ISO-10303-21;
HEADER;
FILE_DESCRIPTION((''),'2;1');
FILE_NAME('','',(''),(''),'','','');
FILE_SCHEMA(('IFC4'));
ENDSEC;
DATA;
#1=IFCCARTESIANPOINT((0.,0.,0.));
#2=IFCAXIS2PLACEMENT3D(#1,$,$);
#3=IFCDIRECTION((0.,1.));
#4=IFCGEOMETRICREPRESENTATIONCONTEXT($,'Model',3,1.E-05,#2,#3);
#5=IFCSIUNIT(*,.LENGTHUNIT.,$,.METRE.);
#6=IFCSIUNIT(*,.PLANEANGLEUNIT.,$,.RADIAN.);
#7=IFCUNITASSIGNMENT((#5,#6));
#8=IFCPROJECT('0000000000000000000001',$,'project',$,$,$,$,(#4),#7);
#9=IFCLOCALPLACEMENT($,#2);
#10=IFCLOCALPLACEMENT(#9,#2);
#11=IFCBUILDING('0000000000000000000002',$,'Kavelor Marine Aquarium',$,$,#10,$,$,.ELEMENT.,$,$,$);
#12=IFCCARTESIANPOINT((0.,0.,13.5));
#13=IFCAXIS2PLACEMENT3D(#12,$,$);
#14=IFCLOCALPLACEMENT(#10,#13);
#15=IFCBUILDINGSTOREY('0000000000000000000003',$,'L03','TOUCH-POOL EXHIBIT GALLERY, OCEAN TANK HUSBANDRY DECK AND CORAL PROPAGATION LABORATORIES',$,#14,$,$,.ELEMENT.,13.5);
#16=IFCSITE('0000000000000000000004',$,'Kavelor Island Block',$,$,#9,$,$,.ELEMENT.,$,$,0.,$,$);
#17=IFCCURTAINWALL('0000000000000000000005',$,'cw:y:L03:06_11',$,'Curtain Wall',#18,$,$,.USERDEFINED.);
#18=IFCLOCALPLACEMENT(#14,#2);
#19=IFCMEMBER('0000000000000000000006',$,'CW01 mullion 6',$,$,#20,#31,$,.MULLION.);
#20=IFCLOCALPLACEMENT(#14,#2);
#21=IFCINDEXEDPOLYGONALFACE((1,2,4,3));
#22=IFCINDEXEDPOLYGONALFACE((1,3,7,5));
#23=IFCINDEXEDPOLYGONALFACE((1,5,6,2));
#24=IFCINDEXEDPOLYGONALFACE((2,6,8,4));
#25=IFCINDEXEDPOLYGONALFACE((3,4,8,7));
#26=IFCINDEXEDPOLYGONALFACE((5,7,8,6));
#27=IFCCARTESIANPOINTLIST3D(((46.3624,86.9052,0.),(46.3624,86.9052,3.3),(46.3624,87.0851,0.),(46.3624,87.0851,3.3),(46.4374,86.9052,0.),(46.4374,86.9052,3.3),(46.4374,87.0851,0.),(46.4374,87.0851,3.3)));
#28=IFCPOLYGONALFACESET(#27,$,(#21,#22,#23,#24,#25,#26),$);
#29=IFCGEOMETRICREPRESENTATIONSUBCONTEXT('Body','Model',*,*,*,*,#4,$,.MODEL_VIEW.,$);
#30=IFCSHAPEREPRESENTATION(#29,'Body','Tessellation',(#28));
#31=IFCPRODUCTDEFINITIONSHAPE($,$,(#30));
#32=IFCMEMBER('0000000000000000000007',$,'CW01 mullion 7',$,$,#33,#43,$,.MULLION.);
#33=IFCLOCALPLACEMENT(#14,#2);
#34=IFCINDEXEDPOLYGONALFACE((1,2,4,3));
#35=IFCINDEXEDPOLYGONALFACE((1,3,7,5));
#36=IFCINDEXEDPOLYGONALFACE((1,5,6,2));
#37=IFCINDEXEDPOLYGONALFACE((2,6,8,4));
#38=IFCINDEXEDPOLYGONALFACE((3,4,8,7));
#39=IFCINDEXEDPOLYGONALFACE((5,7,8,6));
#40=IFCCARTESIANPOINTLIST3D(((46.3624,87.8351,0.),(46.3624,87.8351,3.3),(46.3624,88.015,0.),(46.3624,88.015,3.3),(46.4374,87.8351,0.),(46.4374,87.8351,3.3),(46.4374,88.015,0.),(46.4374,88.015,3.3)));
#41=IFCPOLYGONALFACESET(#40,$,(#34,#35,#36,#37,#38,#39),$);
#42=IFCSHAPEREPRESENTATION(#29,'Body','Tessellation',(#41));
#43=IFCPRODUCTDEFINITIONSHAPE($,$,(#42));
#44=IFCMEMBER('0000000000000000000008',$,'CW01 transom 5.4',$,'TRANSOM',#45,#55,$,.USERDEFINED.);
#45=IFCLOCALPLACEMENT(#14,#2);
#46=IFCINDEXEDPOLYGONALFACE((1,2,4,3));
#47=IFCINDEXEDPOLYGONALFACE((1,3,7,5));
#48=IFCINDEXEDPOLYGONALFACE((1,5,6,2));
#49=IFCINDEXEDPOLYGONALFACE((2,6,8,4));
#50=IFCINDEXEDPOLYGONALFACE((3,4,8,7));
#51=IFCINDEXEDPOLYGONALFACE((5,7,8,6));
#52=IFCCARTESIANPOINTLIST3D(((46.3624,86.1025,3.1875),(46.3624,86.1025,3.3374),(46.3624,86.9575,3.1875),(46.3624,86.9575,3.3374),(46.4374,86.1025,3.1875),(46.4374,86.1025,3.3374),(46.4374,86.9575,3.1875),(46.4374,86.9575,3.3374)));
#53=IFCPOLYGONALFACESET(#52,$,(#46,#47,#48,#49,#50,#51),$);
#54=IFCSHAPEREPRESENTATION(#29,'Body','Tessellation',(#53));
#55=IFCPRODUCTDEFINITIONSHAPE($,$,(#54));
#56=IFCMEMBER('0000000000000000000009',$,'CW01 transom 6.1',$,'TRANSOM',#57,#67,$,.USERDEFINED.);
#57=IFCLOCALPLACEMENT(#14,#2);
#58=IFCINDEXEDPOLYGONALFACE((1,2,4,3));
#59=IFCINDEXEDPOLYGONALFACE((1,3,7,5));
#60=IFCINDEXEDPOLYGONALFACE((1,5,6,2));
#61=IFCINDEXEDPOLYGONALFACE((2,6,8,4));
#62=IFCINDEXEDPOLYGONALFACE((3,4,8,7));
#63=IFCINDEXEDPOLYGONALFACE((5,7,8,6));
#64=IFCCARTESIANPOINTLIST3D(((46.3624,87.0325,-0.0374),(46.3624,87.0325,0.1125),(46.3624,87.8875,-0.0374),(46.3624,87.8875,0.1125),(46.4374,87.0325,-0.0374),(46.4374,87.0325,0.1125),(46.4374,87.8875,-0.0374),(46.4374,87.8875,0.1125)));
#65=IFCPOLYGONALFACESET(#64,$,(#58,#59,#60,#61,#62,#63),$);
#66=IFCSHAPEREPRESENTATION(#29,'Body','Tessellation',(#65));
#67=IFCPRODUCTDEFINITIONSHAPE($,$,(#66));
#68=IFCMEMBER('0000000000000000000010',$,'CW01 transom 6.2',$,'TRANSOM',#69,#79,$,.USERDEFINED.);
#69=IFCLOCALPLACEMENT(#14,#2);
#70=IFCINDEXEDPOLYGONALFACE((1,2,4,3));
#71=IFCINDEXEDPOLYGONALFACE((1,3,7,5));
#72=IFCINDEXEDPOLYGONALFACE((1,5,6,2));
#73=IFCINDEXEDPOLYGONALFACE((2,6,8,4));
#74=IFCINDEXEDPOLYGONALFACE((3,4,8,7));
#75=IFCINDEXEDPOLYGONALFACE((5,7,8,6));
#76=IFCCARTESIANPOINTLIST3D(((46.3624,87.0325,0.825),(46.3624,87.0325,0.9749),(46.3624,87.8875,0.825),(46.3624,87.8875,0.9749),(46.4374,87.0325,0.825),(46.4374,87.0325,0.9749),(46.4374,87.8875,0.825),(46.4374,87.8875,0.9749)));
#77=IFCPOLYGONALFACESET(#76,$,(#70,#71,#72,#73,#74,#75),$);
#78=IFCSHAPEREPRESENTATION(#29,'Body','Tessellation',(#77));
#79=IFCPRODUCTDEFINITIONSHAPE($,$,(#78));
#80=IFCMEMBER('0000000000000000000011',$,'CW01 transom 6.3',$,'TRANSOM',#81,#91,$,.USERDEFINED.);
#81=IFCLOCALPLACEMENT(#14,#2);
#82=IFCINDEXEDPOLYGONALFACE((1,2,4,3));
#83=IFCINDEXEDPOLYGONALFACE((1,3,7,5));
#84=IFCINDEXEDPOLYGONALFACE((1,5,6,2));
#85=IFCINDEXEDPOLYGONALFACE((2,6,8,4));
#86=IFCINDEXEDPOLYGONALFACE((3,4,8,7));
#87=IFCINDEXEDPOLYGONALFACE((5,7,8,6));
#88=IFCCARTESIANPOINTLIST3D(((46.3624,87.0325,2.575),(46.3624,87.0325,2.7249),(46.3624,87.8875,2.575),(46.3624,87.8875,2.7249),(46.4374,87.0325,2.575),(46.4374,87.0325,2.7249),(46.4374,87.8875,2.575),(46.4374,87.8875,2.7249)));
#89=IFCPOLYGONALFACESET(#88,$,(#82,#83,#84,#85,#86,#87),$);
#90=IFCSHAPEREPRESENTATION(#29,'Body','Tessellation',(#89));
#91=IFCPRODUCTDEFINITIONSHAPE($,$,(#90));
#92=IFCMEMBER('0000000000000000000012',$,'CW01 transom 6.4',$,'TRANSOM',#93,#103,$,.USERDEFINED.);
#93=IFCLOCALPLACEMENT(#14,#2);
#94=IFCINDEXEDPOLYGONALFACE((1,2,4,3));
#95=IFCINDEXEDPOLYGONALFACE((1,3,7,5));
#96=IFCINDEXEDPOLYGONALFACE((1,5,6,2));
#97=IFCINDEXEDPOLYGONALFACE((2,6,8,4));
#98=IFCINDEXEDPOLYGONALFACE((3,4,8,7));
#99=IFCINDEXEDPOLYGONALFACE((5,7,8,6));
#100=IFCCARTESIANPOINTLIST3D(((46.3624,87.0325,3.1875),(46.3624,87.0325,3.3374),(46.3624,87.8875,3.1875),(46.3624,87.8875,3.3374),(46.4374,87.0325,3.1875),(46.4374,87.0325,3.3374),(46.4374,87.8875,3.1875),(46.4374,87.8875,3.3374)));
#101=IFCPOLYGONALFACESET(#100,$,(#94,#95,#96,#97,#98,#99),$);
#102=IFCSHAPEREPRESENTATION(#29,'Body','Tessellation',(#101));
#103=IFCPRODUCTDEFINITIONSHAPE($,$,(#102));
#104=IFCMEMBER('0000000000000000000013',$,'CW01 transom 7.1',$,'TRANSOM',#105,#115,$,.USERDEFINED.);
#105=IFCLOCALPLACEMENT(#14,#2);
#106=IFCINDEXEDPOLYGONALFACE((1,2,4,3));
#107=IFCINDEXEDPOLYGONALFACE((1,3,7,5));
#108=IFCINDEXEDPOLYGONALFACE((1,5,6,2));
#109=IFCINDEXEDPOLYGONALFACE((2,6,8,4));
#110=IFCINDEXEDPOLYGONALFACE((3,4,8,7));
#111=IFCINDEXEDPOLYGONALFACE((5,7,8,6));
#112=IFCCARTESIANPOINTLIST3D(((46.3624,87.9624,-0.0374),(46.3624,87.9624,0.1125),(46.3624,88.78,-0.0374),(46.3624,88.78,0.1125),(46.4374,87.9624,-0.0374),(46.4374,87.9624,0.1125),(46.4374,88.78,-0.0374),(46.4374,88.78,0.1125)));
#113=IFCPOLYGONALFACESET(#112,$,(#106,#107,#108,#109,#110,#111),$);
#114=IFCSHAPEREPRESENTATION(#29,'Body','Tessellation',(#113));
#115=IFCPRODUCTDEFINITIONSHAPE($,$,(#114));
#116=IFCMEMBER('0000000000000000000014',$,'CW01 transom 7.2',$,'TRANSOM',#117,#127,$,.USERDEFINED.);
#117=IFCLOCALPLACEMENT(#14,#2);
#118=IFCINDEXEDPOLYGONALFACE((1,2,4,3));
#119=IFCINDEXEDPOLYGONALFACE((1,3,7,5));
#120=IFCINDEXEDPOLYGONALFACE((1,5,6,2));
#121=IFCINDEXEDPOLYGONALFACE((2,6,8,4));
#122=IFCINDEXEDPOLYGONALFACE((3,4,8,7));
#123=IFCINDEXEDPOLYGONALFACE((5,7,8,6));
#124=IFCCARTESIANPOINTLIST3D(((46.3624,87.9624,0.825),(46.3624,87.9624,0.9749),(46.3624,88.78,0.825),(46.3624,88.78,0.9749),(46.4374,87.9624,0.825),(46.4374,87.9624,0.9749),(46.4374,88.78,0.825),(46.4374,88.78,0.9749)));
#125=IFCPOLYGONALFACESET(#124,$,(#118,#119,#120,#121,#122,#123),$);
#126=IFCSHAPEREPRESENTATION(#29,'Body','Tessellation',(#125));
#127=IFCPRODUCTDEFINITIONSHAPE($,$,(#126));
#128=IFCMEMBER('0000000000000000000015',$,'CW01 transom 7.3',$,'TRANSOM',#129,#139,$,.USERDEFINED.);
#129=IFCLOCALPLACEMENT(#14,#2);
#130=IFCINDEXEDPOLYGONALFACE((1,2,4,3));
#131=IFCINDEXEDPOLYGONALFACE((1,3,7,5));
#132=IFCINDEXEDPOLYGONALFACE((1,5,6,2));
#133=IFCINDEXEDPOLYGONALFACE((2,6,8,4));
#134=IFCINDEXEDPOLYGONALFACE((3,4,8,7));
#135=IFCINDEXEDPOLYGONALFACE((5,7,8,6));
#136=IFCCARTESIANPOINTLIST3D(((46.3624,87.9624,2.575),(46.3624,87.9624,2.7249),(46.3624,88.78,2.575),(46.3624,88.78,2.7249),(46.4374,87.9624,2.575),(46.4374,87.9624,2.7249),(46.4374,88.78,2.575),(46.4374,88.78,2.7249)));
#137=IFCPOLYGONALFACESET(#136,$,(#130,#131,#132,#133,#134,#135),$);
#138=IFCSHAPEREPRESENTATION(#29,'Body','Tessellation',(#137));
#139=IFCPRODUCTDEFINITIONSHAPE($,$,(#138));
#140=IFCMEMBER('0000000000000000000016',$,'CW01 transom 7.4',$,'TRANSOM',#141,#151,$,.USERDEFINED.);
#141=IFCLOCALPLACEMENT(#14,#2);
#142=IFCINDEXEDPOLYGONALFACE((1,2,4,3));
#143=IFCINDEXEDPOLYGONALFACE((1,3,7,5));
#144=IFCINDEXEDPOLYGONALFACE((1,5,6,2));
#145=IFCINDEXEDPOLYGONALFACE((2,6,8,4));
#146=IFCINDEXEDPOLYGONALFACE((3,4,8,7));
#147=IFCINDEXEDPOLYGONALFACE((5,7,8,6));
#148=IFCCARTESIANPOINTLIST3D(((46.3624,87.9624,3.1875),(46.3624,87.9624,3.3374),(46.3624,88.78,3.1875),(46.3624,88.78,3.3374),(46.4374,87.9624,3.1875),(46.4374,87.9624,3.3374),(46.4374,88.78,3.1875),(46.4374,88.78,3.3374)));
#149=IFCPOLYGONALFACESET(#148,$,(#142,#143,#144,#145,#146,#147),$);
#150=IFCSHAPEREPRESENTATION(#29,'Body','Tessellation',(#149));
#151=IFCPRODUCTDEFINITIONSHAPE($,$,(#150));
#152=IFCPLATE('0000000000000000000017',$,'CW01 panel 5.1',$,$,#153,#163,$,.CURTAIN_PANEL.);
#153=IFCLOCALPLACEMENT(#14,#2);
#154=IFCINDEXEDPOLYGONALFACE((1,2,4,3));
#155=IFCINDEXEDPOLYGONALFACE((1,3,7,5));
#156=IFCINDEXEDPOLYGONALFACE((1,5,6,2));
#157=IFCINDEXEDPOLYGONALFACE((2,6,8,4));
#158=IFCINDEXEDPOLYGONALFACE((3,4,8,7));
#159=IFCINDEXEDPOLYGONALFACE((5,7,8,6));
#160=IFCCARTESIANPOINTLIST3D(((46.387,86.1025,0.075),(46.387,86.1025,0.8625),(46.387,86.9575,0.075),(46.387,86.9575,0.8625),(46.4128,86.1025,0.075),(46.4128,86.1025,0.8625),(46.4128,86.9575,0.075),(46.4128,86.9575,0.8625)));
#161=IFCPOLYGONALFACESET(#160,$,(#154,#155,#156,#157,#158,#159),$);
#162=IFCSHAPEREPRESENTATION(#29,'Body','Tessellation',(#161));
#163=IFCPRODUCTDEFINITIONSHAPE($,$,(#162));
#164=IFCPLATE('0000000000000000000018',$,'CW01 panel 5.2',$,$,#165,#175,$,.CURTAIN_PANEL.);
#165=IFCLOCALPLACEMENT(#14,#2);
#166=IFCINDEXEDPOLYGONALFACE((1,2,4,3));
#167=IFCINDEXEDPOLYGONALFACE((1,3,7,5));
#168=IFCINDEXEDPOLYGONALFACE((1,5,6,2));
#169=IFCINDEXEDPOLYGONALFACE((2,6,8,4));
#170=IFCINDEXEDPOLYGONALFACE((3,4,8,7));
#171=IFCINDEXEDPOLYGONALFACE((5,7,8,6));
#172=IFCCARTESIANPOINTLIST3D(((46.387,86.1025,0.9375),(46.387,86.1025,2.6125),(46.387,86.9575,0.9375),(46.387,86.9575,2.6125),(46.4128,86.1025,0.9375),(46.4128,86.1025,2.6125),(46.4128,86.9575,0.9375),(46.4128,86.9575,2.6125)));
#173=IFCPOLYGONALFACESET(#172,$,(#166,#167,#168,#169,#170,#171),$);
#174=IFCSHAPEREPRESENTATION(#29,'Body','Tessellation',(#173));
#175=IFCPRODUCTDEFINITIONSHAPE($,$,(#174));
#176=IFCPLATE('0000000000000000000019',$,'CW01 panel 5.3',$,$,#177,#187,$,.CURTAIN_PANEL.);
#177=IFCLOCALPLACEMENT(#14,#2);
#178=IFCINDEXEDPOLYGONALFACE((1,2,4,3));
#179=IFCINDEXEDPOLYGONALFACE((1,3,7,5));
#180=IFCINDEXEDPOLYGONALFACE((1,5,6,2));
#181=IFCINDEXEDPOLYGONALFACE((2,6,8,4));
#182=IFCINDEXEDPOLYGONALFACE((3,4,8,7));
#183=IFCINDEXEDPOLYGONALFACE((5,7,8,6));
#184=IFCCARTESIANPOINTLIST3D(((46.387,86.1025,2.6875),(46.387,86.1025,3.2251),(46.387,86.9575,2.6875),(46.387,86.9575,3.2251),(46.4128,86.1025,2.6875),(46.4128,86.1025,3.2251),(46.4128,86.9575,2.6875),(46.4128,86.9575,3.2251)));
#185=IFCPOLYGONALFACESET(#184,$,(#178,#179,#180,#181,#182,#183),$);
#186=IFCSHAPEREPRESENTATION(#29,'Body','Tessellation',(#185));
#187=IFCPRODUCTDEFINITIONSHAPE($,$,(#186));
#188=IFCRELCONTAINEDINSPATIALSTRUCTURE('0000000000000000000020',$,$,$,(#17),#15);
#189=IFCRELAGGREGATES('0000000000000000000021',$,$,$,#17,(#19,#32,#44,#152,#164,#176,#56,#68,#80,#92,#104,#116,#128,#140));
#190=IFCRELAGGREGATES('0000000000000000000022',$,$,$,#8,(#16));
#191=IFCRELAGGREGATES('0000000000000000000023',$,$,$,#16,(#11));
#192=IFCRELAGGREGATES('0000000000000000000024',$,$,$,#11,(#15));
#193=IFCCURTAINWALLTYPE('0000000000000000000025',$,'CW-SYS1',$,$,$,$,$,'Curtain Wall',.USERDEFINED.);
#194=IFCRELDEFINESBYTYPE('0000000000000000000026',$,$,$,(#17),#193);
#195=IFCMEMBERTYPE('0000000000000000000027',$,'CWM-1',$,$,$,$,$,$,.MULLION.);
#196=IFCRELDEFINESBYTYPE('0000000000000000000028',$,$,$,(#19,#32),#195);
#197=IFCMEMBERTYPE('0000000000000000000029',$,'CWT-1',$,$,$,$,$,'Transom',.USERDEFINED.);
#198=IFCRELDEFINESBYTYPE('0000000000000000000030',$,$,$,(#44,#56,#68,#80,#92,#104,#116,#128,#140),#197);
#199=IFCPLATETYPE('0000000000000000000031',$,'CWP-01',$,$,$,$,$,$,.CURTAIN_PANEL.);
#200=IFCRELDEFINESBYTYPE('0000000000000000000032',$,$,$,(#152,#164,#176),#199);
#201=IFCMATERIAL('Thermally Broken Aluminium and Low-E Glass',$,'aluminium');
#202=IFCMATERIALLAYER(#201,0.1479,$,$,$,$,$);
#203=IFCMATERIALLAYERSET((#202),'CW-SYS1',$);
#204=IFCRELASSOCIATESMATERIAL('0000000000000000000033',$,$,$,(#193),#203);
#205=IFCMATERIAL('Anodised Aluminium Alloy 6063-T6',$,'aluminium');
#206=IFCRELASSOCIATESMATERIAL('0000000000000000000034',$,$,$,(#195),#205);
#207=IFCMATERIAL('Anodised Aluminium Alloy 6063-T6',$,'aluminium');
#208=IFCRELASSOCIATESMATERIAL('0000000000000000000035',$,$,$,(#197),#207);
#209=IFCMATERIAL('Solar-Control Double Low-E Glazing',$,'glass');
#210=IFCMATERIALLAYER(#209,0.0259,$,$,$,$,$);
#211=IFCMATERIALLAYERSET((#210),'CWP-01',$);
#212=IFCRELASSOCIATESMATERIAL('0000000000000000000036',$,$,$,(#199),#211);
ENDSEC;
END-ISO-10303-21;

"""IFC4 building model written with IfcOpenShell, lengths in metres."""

from ifc_helpers import new_model, si_unit, direction, frame, origin, origin_2d, place, context, subcontext, project, spatial, rectangle, extrude, material, layer, layer_set, material_profile, profile_set, type_object, element, aggregate, save


model = new_model("IFC4")

# Units and contexts
model_context = context("Model", 3, precision=1e-05, world=origin(), true_north=direction((0.0, 1.0)))
body_context = subcontext(model_context, "Body", "Model", "MODEL_VIEW")
ifc_project = project(units=[si_unit("LENGTHUNIT", "METRE"), si_unit("PLANEANGLEUNIT", "RADIAN")], contexts=[model_context])

# Site, building, storey
site_placement = place(None, origin())
site = spatial("IfcSite", under=ifc_project, at=site_placement, Name="Kavelor Island Block", CompositionType="ELEMENT", RefElevation=0.0)
building_placement = place(site_placement, origin())
building = spatial("IfcBuilding", under=site, at=building_placement, Name="Kavelor Marine Aquarium", CompositionType="ELEMENT")
storey_placement = place(building_placement, frame((0.0, 0.0, 13.5)))
storey = spatial("IfcBuildingStorey", under=building, at=storey_placement, Name="L03", Description="TOUCH-POOL EXHIBIT GALLERY, OCEAN TANK HUSBANDRY DECK AND CORAL PROPAGATION LABORATORIES", CompositionType="ELEMENT", Elevation=13.5)

# Curtain wall, members, plates
ifc_material_1 = material(Name="Thermally Broken Aluminium and Low-E Glass", Category="aluminium")
ifc_layer_1 = layer(ifc_material_1, 0.1479)
ifc_layer_set_1 = layer_set([ifc_layer_1], Name="CW-SYS1")
curtain_wall_type = type_object("IfcCurtainWallType", Name="CW-SYS1", ElementType="Curtain Wall", PredefinedType="USERDEFINED", material=ifc_layer_set_1)
curtain_wall_placement = place(storey_placement, origin())
curtain_wall = element("IfcCurtainWall", 1, at=curtain_wall_placement, inside=storey, type_object=curtain_wall_type, Name="cw:y:L03:06_11", ObjectType="Curtain Wall", PredefinedType="USERDEFINED")
ifc_material_2 = material(Name="Anodised Aluminium Alloy 6063-T6", Category="aluminium")
ifc_material_profile_1 = material_profile(ifc_material_2, rectangle(XDim=0.075, YDim=0.1799, at=origin_2d()), Name="CW-MUL 75x180")
ifc_profile_set_1 = profile_set([ifc_material_profile_1], Name="Anodised Aluminium Alloy 6063-T6")
member_type_1 = type_object("IfcMemberType", Name="CWM-1", PredefinedType="MULLION", material=ifc_profile_set_1)
member_1_placement = place(storey_placement, frame((46.3999, 86.9951, 0.0), z_axis=(0.0, 0.0, 1.0), x_axis=(-1.0, 0.0, 0.0)))
member_1 = element("IfcMember", 2, at=member_1_placement, type_object=member_type_1, Name="CW01 mullion 6", PredefinedType="MULLION", context=body_context, shape_type="SweptSolid", body=[
    extrude(rectangle(XDim=0.075, YDim=0.1799, at=origin_2d()), origin(), (0.0, 0.0, 1.0), 3.3),
])
member_2_placement = place(storey_placement, frame((46.3999, 87.925, 0.0), z_axis=(0.0, 0.0, 1.0), x_axis=(-1.0, 0.0, 0.0)))
member_2 = element("IfcMember", 3, at=member_2_placement, type_object=member_type_1, Name="CW01 mullion 7", PredefinedType="MULLION", context=body_context, shape_type="SweptSolid", body=[
    extrude(rectangle(XDim=0.075, YDim=0.1799, at=origin_2d()), origin(), (0.0, 0.0, 1.0), 3.3),
])
ifc_material_3 = material(Name="Anodised Aluminium Alloy 6063-T6", Category="aluminium")
ifc_material_profile_2 = material_profile(ifc_material_3, rectangle(XDim=0.075, YDim=0.1499, at=origin_2d()), Name="CW-TRN 75x150")
ifc_profile_set_2 = profile_set([ifc_material_profile_2], Name="Anodised Aluminium Alloy 6063-T6")
member_type_2 = type_object("IfcMemberType", Name="CWT-1", ElementType="Transom", PredefinedType="USERDEFINED", material=ifc_profile_set_2)
member_3_placement = place(storey_placement, frame((46.3999, 86.1025, 3.2625), z_axis=(0.0, 1.0, 0.0), x_axis=(-1.0, 0.0, 0.0)))
member_3 = element("IfcMember", 4, at=member_3_placement, type_object=member_type_2, Name="CW01 transom 5.4", ObjectType="TRANSOM", PredefinedType="USERDEFINED", context=body_context, shape_type="SweptSolid", body=[
    extrude(rectangle(XDim=0.075, YDim=0.1499, at=origin_2d()), origin(), (0.0, 0.0, 1.0), 0.855),
])
member_4_placement = place(storey_placement, frame((46.3999, 87.0325, 0.0376), z_axis=(0.0, 1.0, 0.0), x_axis=(-1.0, 0.0, 0.0)))
member_4 = element("IfcMember", 5, at=member_4_placement, type_object=member_type_2, Name="CW01 transom 6.1", ObjectType="TRANSOM", PredefinedType="USERDEFINED", context=body_context, shape_type="SweptSolid", body=[
    extrude(rectangle(XDim=0.075, YDim=0.1499, at=origin_2d()), origin(), (0.0, 0.0, 1.0), 0.855),
])
member_5_placement = place(storey_placement, frame((46.3999, 87.0325, 0.8999), z_axis=(0.0, 1.0, 0.0), x_axis=(-1.0, 0.0, 0.0)))
member_5 = element("IfcMember", 6, at=member_5_placement, type_object=member_type_2, Name="CW01 transom 6.2", ObjectType="TRANSOM", PredefinedType="USERDEFINED", context=body_context, shape_type="SweptSolid", body=[
    extrude(rectangle(XDim=0.075, YDim=0.1499, at=origin_2d()), origin(), (0.0, 0.0, 1.0), 0.855),
])
member_6_placement = place(storey_placement, frame((46.3999, 87.0325, 2.6499), z_axis=(0.0, 1.0, 0.0), x_axis=(-1.0, 0.0, 0.0)))
member_6 = element("IfcMember", 7, at=member_6_placement, type_object=member_type_2, Name="CW01 transom 6.3", ObjectType="TRANSOM", PredefinedType="USERDEFINED", context=body_context, shape_type="SweptSolid", body=[
    extrude(rectangle(XDim=0.075, YDim=0.1499, at=origin_2d()), origin(), (0.0, 0.0, 1.0), 0.855),
])
member_7_placement = place(storey_placement, frame((46.3999, 87.0325, 3.2625), z_axis=(0.0, 1.0, 0.0), x_axis=(-1.0, 0.0, 0.0)))
member_7 = element("IfcMember", 8, at=member_7_placement, type_object=member_type_2, Name="CW01 transom 6.4", ObjectType="TRANSOM", PredefinedType="USERDEFINED", context=body_context, shape_type="SweptSolid", body=[
    extrude(rectangle(XDim=0.075, YDim=0.1499, at=origin_2d()), origin(), (0.0, 0.0, 1.0), 0.855),
])
member_8_placement = place(storey_placement, frame((46.3999, 87.9624, 0.0376), z_axis=(0.0, 1.0, 0.0), x_axis=(-1.0, 0.0, 0.0)))
member_8 = element("IfcMember", 9, at=member_8_placement, type_object=member_type_2, Name="CW01 transom 7.1", ObjectType="TRANSOM", PredefinedType="USERDEFINED", context=body_context, shape_type="SweptSolid", body=[
    extrude(rectangle(XDim=0.075, YDim=0.1499, at=origin_2d()), origin(), (0.0, 0.0, 1.0), 0.8176),
])
member_9_placement = place(storey_placement, frame((46.3999, 87.9624, 0.8999), z_axis=(0.0, 1.0, 0.0), x_axis=(-1.0, 0.0, 0.0)))
member_9 = element("IfcMember", 10, at=member_9_placement, type_object=member_type_2, Name="CW01 transom 7.2", ObjectType="TRANSOM", PredefinedType="USERDEFINED", context=body_context, shape_type="SweptSolid", body=[
    extrude(rectangle(XDim=0.075, YDim=0.1499, at=origin_2d()), origin(), (0.0, 0.0, 1.0), 0.8176),
])
member_10_placement = place(storey_placement, frame((46.3999, 87.9624, 2.6499), z_axis=(0.0, 1.0, 0.0), x_axis=(-1.0, 0.0, 0.0)))
member_10 = element("IfcMember", 11, at=member_10_placement, type_object=member_type_2, Name="CW01 transom 7.3", ObjectType="TRANSOM", PredefinedType="USERDEFINED", context=body_context, shape_type="SweptSolid", body=[
    extrude(rectangle(XDim=0.075, YDim=0.1499, at=origin_2d()), origin(), (0.0, 0.0, 1.0), 0.8176),
])
member_11_placement = place(storey_placement, frame((46.3999, 87.9624, 3.2625), z_axis=(0.0, 1.0, 0.0), x_axis=(-1.0, 0.0, 0.0)))
member_11 = element("IfcMember", 12, at=member_11_placement, type_object=member_type_2, Name="CW01 transom 7.4", ObjectType="TRANSOM", PredefinedType="USERDEFINED", context=body_context, shape_type="SweptSolid", body=[
    extrude(rectangle(XDim=0.075, YDim=0.1499, at=origin_2d()), origin(), (0.0, 0.0, 1.0), 0.8176),
])
ifc_material_4 = material(Name="Solar-Control Double Low-E Glazing", Category="glass")
ifc_layer_2 = layer(ifc_material_4, 0.0259)
ifc_layer_set_2 = layer_set([ifc_layer_2], Name="CWP-01")
plate_type = type_object("IfcPlateType", Name="CWP-01", PredefinedType="CURTAIN_PANEL", material=ifc_layer_set_2)
plate_1_placement = place(storey_placement, frame((46.3999, 86.53, 0.075), z_axis=(0.0, 0.0, 1.0), x_axis=(0.0, 1.0, 0.0)))
plate_1 = element("IfcPlate", 13, at=plate_1_placement, type_object=plate_type, Name="CW01 panel 5.1", PredefinedType="CURTAIN_PANEL", context=body_context, shape_type="SweptSolid", body=[
    extrude(rectangle(XDim=0.855, YDim=0.0259, at=origin_2d()), origin(), (0.0, 0.0, 1.0), 0.7876),
])
plate_2_placement = place(storey_placement, frame((46.3999, 86.53, 0.9375), z_axis=(0.0, 0.0, 1.0), x_axis=(0.0, 1.0, 0.0)))
plate_2 = element("IfcPlate", 14, at=plate_2_placement, type_object=plate_type, Name="CW01 panel 5.2", PredefinedType="CURTAIN_PANEL", context=body_context, shape_type="SweptSolid", body=[
    extrude(rectangle(XDim=0.855, YDim=0.0259, at=origin_2d()), origin(), (0.0, 0.0, 1.0), 1.675),
])
plate_3_placement = place(storey_placement, frame((46.3999, 86.53, 2.6875), z_axis=(0.0, 0.0, 1.0), x_axis=(0.0, 1.0, 0.0)))
plate_3 = element("IfcPlate", 15, at=plate_3_placement, type_object=plate_type, Name="CW01 panel 5.3", PredefinedType="CURTAIN_PANEL", context=body_context, shape_type="SweptSolid", body=[
    extrude(rectangle(XDim=0.855, YDim=0.0259, at=origin_2d()), origin(), (0.0, 0.0, 1.0), 0.5376),
])
aggregate(curtain_wall, [member_1, member_2, member_3, plate_1, plate_2, plate_3, member_4, member_5, member_6, member_7, member_8, member_9, member_10, member_11])

save(model, "model.ifc")
